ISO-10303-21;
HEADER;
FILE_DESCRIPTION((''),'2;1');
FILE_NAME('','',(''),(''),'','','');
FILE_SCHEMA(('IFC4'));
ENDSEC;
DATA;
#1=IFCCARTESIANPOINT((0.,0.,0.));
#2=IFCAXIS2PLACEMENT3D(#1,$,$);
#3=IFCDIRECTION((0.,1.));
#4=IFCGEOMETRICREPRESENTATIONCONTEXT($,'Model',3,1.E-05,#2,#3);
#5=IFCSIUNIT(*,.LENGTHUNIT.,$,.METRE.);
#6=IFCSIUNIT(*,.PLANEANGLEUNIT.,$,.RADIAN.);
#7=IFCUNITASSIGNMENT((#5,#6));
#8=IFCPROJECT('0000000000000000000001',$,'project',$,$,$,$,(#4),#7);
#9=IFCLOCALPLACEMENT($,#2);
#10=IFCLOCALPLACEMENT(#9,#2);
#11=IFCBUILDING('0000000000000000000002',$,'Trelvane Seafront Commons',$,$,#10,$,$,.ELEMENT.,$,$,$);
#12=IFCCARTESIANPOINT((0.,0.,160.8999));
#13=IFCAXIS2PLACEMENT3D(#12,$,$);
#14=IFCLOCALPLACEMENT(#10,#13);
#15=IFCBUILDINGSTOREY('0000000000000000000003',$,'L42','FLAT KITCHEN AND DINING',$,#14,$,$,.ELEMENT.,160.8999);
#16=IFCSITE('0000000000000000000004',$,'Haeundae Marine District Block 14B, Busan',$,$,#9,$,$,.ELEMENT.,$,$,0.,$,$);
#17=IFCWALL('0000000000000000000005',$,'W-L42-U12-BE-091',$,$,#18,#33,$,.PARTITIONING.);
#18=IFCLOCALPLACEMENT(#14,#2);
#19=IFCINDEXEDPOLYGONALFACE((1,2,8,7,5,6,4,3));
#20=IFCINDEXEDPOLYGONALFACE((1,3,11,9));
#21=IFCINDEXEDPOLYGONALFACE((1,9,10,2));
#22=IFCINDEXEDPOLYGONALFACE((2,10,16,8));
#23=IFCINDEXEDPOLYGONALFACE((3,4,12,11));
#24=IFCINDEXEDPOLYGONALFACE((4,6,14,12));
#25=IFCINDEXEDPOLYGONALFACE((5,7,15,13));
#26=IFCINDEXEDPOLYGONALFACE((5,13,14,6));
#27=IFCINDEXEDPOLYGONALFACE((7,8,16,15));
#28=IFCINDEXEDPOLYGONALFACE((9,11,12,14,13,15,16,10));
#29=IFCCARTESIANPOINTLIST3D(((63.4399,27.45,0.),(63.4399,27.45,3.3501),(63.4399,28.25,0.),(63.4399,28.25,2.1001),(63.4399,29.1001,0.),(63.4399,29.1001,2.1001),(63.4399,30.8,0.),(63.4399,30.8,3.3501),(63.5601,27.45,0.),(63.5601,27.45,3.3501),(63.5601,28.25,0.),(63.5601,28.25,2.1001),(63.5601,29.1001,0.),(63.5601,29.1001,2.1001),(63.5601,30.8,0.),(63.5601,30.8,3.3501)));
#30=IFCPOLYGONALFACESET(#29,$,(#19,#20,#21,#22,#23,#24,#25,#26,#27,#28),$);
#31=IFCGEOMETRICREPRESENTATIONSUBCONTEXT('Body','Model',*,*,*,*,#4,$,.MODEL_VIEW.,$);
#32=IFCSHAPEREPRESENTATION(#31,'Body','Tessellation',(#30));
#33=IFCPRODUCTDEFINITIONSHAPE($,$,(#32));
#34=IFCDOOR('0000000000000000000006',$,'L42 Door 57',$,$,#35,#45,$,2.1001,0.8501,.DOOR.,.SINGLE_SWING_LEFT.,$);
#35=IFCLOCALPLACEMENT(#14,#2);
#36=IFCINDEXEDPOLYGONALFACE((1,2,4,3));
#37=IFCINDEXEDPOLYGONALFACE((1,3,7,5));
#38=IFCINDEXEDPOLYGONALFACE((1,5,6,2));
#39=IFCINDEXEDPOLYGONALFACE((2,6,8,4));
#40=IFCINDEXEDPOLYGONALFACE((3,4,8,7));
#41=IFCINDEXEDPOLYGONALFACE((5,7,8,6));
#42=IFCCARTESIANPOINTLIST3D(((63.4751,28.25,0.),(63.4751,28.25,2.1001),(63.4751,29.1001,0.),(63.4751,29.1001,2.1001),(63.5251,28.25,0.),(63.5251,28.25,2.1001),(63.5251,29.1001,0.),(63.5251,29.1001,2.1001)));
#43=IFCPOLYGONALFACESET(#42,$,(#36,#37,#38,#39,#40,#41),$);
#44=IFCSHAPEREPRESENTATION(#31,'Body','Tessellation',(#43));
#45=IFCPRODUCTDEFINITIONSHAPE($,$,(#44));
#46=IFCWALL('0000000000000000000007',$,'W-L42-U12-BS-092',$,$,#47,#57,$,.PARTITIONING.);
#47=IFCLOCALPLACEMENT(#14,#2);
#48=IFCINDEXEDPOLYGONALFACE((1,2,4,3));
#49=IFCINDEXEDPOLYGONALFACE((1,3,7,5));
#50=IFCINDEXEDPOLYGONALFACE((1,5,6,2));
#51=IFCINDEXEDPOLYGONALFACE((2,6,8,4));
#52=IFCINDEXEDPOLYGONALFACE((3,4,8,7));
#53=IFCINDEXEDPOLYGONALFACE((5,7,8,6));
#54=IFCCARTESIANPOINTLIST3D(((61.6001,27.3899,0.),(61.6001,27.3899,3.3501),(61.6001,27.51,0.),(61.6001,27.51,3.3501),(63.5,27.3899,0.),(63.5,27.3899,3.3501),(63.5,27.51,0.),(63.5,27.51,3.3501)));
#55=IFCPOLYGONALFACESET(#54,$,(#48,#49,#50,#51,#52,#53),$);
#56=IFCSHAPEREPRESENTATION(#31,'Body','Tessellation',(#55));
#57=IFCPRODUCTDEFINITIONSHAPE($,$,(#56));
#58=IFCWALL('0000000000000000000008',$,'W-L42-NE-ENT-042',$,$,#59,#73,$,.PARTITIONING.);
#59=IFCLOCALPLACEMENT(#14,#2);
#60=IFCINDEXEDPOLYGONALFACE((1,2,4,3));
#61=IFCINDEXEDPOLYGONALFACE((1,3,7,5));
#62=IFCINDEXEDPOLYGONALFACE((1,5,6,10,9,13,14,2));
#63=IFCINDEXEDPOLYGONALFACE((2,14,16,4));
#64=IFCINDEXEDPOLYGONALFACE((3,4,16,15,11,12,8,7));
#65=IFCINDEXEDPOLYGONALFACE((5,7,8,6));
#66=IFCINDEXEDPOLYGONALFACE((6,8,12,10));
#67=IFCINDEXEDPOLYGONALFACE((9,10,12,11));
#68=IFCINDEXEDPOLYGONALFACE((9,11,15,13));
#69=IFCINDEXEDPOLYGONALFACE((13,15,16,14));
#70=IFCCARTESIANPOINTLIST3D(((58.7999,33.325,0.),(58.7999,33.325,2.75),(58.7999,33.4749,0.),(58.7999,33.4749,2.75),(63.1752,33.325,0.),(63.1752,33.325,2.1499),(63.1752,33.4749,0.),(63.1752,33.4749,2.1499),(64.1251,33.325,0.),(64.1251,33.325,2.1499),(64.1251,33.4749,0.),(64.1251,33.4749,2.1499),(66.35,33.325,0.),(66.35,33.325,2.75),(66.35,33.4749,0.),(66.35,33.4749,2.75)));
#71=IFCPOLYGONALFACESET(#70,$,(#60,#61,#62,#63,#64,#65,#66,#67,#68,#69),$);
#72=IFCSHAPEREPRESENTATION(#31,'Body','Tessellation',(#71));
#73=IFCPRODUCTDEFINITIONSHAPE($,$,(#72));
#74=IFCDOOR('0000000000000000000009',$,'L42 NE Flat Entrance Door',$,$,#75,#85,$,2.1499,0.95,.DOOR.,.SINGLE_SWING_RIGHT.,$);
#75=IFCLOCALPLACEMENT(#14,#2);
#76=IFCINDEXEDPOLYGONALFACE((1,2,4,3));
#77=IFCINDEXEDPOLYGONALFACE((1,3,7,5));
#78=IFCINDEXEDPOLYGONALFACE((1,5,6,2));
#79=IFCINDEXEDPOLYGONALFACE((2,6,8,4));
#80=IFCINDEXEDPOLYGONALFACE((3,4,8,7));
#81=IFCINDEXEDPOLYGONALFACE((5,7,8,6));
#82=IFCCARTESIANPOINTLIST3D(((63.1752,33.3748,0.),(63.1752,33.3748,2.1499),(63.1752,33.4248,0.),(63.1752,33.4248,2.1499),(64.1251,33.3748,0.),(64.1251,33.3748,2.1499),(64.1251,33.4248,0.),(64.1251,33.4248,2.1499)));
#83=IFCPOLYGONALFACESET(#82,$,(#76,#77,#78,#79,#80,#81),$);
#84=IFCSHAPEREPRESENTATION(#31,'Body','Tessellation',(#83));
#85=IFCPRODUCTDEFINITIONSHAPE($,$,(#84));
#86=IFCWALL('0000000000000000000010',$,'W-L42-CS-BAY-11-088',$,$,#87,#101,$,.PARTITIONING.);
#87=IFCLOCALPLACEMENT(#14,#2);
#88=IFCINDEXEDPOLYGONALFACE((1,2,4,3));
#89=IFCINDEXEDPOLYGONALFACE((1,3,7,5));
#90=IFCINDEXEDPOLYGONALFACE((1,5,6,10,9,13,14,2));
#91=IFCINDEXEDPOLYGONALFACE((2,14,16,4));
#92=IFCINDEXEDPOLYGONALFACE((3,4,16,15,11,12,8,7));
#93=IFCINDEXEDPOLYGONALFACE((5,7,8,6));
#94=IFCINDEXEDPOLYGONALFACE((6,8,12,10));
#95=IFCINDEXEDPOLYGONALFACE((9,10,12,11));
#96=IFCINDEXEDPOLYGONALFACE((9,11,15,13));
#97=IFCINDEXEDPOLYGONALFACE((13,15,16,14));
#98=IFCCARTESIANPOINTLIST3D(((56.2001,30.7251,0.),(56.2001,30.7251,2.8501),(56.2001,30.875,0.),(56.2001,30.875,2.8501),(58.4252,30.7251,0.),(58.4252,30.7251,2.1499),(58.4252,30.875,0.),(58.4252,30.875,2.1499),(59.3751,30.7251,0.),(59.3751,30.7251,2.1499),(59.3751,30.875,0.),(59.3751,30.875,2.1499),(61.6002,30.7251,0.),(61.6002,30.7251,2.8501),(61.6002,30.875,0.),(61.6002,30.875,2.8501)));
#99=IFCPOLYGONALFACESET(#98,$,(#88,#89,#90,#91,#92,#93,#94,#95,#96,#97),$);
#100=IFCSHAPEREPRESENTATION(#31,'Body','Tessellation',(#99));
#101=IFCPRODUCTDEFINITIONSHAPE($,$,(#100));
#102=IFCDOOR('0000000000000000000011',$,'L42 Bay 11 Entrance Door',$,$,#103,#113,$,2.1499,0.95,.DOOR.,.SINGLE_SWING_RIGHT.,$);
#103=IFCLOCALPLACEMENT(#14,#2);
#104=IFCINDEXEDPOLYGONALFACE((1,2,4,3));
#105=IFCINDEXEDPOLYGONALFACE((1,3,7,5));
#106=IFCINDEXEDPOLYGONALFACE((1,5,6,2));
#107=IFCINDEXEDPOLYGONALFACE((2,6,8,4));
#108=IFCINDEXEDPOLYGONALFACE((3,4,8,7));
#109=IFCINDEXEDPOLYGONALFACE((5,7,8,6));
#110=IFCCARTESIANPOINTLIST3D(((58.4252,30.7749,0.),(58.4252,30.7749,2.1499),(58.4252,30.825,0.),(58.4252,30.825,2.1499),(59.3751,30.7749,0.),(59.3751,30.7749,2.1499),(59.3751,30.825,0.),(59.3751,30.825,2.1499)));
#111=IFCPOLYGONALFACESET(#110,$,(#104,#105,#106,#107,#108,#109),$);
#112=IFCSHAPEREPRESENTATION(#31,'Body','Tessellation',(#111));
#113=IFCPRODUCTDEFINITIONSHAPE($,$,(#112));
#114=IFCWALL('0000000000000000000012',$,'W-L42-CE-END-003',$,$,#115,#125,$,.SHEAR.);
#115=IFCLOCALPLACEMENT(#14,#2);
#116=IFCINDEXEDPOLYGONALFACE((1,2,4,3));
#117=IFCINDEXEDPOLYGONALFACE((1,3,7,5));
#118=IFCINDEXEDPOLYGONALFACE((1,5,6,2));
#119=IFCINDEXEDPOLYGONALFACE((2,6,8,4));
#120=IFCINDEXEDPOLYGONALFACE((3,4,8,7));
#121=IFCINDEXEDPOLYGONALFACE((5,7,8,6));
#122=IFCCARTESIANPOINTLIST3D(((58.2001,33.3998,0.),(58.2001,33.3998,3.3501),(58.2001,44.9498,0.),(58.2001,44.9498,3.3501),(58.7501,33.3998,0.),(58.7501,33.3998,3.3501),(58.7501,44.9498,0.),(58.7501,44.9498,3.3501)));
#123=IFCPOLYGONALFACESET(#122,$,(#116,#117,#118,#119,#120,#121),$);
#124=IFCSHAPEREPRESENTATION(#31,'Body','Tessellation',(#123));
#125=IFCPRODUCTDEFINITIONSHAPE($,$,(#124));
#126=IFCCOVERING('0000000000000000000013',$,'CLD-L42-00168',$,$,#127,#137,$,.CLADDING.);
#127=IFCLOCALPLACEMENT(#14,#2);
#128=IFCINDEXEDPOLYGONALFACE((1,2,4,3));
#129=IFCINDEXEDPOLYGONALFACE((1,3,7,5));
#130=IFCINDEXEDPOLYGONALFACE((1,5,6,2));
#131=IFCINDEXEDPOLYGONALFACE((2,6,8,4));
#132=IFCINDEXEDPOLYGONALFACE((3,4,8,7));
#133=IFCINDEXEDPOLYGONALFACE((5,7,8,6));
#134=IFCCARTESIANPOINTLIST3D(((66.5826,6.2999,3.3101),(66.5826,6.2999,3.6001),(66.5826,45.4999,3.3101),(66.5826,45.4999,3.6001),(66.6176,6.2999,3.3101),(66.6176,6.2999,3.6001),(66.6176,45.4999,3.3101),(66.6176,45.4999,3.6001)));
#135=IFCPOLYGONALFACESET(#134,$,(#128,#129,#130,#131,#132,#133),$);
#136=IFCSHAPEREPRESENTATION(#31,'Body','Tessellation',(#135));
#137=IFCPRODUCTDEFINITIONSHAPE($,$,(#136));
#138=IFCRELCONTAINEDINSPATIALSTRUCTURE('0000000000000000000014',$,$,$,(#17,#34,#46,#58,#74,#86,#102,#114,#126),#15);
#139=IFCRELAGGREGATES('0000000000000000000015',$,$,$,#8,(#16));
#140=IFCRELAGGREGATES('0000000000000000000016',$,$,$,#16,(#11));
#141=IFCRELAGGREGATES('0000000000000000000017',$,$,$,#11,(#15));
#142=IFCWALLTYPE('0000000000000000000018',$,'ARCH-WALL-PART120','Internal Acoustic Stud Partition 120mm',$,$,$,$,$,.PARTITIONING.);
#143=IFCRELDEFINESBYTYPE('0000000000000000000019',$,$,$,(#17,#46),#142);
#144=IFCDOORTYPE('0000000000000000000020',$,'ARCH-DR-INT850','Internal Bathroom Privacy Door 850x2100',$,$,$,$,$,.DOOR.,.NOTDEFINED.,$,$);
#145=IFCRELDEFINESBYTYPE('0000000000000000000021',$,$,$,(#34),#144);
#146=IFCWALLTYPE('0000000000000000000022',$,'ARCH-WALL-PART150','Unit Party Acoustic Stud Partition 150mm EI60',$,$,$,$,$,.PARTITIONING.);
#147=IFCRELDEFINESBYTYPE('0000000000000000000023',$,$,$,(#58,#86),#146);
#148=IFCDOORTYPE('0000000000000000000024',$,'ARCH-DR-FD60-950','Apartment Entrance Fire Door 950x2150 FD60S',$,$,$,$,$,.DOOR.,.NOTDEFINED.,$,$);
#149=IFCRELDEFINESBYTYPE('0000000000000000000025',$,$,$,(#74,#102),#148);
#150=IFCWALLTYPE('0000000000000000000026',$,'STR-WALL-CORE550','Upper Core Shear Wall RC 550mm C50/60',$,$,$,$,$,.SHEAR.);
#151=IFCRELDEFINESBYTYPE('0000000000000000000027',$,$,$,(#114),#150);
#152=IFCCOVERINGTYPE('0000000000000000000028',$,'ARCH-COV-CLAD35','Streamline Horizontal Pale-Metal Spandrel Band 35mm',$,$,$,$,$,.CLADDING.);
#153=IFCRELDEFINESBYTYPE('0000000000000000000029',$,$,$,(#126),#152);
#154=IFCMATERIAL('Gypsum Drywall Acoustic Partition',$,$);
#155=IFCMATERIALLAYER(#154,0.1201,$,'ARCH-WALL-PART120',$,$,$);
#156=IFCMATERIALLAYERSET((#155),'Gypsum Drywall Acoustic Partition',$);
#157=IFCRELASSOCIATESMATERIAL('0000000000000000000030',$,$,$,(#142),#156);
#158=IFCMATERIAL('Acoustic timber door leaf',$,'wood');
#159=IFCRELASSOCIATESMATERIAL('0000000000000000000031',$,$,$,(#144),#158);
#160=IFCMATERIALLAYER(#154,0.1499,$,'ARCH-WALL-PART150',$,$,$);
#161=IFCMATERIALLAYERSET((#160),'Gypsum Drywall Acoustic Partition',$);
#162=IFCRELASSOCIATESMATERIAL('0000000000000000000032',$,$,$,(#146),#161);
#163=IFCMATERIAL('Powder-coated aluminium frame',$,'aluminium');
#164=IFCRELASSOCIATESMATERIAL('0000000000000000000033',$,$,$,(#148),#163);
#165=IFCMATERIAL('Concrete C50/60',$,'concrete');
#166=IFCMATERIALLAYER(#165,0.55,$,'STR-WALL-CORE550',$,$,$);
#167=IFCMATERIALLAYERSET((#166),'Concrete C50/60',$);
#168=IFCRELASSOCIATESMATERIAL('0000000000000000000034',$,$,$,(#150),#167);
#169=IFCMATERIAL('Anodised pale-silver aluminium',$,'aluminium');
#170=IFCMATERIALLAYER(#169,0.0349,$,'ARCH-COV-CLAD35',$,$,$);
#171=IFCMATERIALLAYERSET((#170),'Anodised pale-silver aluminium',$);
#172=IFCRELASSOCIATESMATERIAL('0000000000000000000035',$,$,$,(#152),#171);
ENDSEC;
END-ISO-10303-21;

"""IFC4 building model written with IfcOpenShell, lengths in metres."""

from ifc_helpers import new_model, si_unit, direction, frame, frame_2d, origin, origin_2d, place, context, subcontext, project, spatial, rectangle, extrude, source, transform, mapped, material, layer, layer_set, type_object, element, fill, save


model = new_model("IFC4")

# Units and contexts
model_context = context("Model", 3, precision=1e-05, world=origin(), true_north=direction((0.0, 1.0)))
body_context = subcontext(model_context, "Body", "Model", "MODEL_VIEW")
ifc_project = project(units=[si_unit("LENGTHUNIT", "METRE"), si_unit("PLANEANGLEUNIT", "RADIAN")], contexts=[model_context])

# Site, building, storey
site_placement = place(None, origin())
site = spatial("IfcSite", under=ifc_project, at=site_placement, Name="Haeundae Marine District Block 14B, Busan", CompositionType="ELEMENT", RefElevation=0.0)
building_placement = place(site_placement, origin())
building = spatial("IfcBuilding", under=site, at=building_placement, Name="Trelvane Seafront Commons", CompositionType="ELEMENT")
storey_placement = place(building_placement, frame((0.0, 0.0, 160.8999)))
storey = spatial("IfcBuildingStorey", under=building, at=storey_placement, Name="L42", Description="FLAT KITCHEN AND DINING", CompositionType="ELEMENT", Elevation=160.8999)

# Shared definitions
ifc_material_1 = material(Name="Concrete C50/60", Category="concrete")

# Shared definitions
ifc_material_2 = material(Name="Anodised pale-silver aluminium", Category="aluminium")

# Wall, opening, door
ifc_material_3 = material(Name="Gypsum Drywall Acoustic Partition")
ifc_layer_1 = layer(ifc_material_3, 0.1201, Name="ARCH-WALL-PART120")
ifc_layer_set_1 = layer_set([ifc_layer_1], Name="Gypsum Drywall Acoustic Partition")
wall_type_1 = type_object("IfcWallType", Name="ARCH-WALL-PART120", Description="Internal Acoustic Stud Partition 120mm", PredefinedType="PARTITIONING", material=ifc_layer_set_1)
ifc_material_4 = material(Name="Acoustic timber door leaf", Category="wood")
door_type_1 = type_object("IfcDoorType", Name="ARCH-DR-INT850", Description="Internal Bathroom Privacy Door 850x2100", OperationType="NOTDEFINED", PredefinedType="DOOR", material=ifc_material_4)
shared_shape_1 = source(origin(), body_context, "Body", "SweptSolid", [
    extrude(rectangle(XDim=0.8501, YDim=2.1001, at=frame_2d((0.425, 1.05))), frame((0.0, 0.0249, 0.0), z_axis=(0.0, -1.0, 0.0), x_axis=(1.0, 0.0, 0.0)), (0.0, 0.0, 1.0), 0.05),
])
shared_shape_2 = source(origin(), body_context, "Body", "SweptSolid", [
    extrude(rectangle(XDim=0.95, YDim=2.1499, at=frame_2d((0.4751, 1.075))), frame((0.0, 0.0249, 0.0), z_axis=(0.0, -1.0, 0.0), x_axis=(1.0, 0.0, 0.0)), (0.0, 0.0, 1.0), 0.05),
])
wall_1_placement = place(storey_placement, frame((63.5, 27.45, 0.0), z_axis=(0.0, 0.0, 1.0), x_axis=(0.0, 1.0, 0.0)))
wall_1 = element("IfcWall", 1, at=wall_1_placement, inside=storey, type_object=wall_type_1, Name="W-L42-U12-BE-091", PredefinedType="PARTITIONING", context=body_context, shape_type="SweptSolid", body=[
    extrude(rectangle(XDim=3.3501, YDim=0.1201, at=frame_2d((1.675, 0.0))), origin(), (0.0, 0.0, 1.0), 3.3501),
])
opening_1_placement = place(wall_1_placement, frame((0.8, 0.0, 0.0)))
opening_1 = element("IfcOpeningElement", 2, at=opening_1_placement, cuts=wall_1, PredefinedType="OPENING", context=body_context, shape_type="SweptSolid", body=[
    extrude(rectangle(XDim=0.8501, YDim=2.1001, at=frame_2d((0.425, 1.05))), frame((0.0, 0.0701, 0.0), z_axis=(0.0, -1.0, 0.0), x_axis=(1.0, 0.0, 0.0)), (0.0, 0.0, 1.0), 0.1401),
])
door_1_placement = place(opening_1_placement, origin())
door_1 = element("IfcDoor", 3, at=door_1_placement, inside=storey, type_object=door_type_1, Name="L42 Door 57", OperationType="SINGLE_SWING_LEFT", OverallHeight=2.1001, OverallWidth=0.8501, PredefinedType="DOOR", context=body_context, shape_type="MappedRepresentation", body=[
    mapped(shared_shape_1, transform((0.0, 0.0, 0.0), x_axis=(1.0, 0.0, 0.0), y_axis=(0.0, 1.0, 0.0), z_axis=(0.0, 0.0, 1.0), scale=1.0)),
])
fill(opening_1, door_1)

# Wall
wall_2_placement = place(storey_placement, frame((61.6001, 27.45, 0.0), z_axis=(0.0, 0.0, 1.0), x_axis=(1.0, 0.0, 0.0)))
element("IfcWall", 4, at=wall_2_placement, inside=storey, type_object=wall_type_1, Name="W-L42-U12-BS-092", PredefinedType="PARTITIONING", context=body_context, shape_type="SweptSolid", body=[
    extrude(rectangle(XDim=1.8999, YDim=0.1201, at=frame_2d((0.95, 0.0))), origin(), (0.0, 0.0, 1.0), 3.3501),
])

# Walls, openings, doors
ifc_layer_2 = layer(ifc_material_3, 0.1499, Name="ARCH-WALL-PART150")
ifc_layer_set_2 = layer_set([ifc_layer_2], Name="Gypsum Drywall Acoustic Partition")
wall_type_2 = type_object("IfcWallType", Name="ARCH-WALL-PART150", Description="Unit Party Acoustic Stud Partition 150mm EI60", PredefinedType="PARTITIONING", material=ifc_layer_set_2)
wall_3_placement = place(storey_placement, frame((58.8, 33.3999, 0.0), z_axis=(0.0, 0.0, 1.0), x_axis=(1.0, 0.0, 0.0)))
wall_3 = element("IfcWall", 5, at=wall_3_placement, inside=storey, type_object=wall_type_2, Name="W-L42-NE-ENT-042", PredefinedType="PARTITIONING", context=body_context, shape_type="SweptSolid", body=[
    extrude(rectangle(XDim=7.55, YDim=0.1499, at=frame_2d((3.7749, 0.0))), origin(), (0.0, 0.0, 1.0), 2.75),
])
opening_2_placement = place(wall_3_placement, frame((4.375, 0.0, 0.0)))
opening_2 = element("IfcOpeningElement", 6, at=opening_2_placement, cuts=wall_3, PredefinedType="OPENING", context=body_context, shape_type="SweptSolid", body=[
    extrude(rectangle(XDim=0.95, YDim=2.1499, at=frame_2d((0.4751, 1.075))), frame((0.0, 0.085, 0.0), z_axis=(0.0, -1.0, 0.0), x_axis=(1.0, 0.0, 0.0)), (0.0, 0.0, 1.0), 0.1699),
])
ifc_material_5 = material(Name="Powder-coated aluminium frame", Category="aluminium")
door_type_2 = type_object("IfcDoorType", Name="ARCH-DR-FD60-950", Description="Apartment Entrance Fire Door 950x2150 FD60S", OperationType="NOTDEFINED", PredefinedType="DOOR", material=ifc_material_5)
door_2_placement = place(opening_2_placement, origin())
door_2 = element("IfcDoor", 7, at=door_2_placement, inside=storey, type_object=door_type_2, Name="L42 NE Flat Entrance Door", OperationType="SINGLE_SWING_RIGHT", OverallHeight=2.1499, OverallWidth=0.95, PredefinedType="DOOR", context=body_context, shape_type="MappedRepresentation", body=[
    mapped(shared_shape_2, transform((0.0, 0.0, 0.0), x_axis=(1.0, 0.0, 0.0), y_axis=(0.0, 1.0, 0.0), z_axis=(0.0, 0.0, 1.0), scale=1.0)),
])
fill(opening_2, door_2)
wall_4_placement = place(storey_placement, frame((56.2, 30.8, 0.0), z_axis=(0.0, 0.0, 1.0), x_axis=(1.0, 0.0, 0.0)))
wall_4 = element("IfcWall", 8, at=wall_4_placement, inside=storey, type_object=wall_type_2, Name="W-L42-CS-BAY-11-088", PredefinedType="PARTITIONING", context=body_context, shape_type="SweptSolid", body=[
    extrude(rectangle(XDim=5.4001, YDim=0.1499, at=frame_2d((2.7002, 0.0))), origin(), (0.0, 0.0, 1.0), 2.8501),
])
opening_3_placement = place(wall_4_placement, frame((2.2251, 0.0, 0.0)))
opening_3 = element("IfcOpeningElement", 9, at=opening_3_placement, cuts=wall_4, PredefinedType="OPENING", context=body_context, shape_type="SweptSolid", body=[
    extrude(rectangle(XDim=0.95, YDim=2.1499, at=frame_2d((0.4751, 1.075))), frame((0.0, 0.085, 0.0), z_axis=(0.0, -1.0, 0.0), x_axis=(1.0, 0.0, 0.0)), (0.0, 0.0, 1.0), 0.1699),
])
door_3_placement = place(opening_3_placement, origin())
door_3 = element("IfcDoor", 10, at=door_3_placement, inside=storey, type_object=door_type_2, Name="L42 Bay 11 Entrance Door", OperationType="SINGLE_SWING_RIGHT", OverallHeight=2.1499, OverallWidth=0.95, PredefinedType="DOOR", context=body_context, shape_type="MappedRepresentation", body=[
    mapped(shared_shape_2, transform((0.0, 0.0, 0.0), x_axis=(1.0, 0.0, 0.0), y_axis=(0.0, 1.0, 0.0), z_axis=(0.0, 0.0, 1.0), scale=1.0)),
])
fill(opening_3, door_3)

# Wall
ifc_layer_3 = layer(ifc_material_1, 0.55, Name="STR-WALL-CORE550")
ifc_layer_set_3 = layer_set([ifc_layer_3], Name="Concrete C50/60")
wall_type_3 = type_object("IfcWallType", Name="STR-WALL-CORE550", Description="Upper Core Shear Wall RC 550mm C50/60", PredefinedType="SHEAR", material=ifc_layer_set_3)
wall_5_placement = place(storey_placement, frame((58.4751, 33.3999, 0.0), z_axis=(0.0, 0.0, 1.0), x_axis=(0.0, 1.0, 0.0)))
element("IfcWall", 11, at=wall_5_placement, inside=storey, type_object=wall_type_3, Name="W-L42-CE-END-003", PredefinedType="SHEAR", context=body_context, shape_type="SweptSolid", body=[
    extrude(rectangle(XDim=11.55, YDim=0.55, at=frame_2d((5.7749, 0.0))), origin(), (0.0, 0.0, 1.0), 3.3501),
])

# Covering
ifc_layer_4 = layer(ifc_material_2, 0.0349, Name="ARCH-COV-CLAD35")
ifc_layer_set_4 = layer_set([ifc_layer_4], Name="Anodised pale-silver aluminium")
covering_type = type_object("IfcCoveringType", Name="ARCH-COV-CLAD35", Description="Streamline Horizontal Pale-Metal Spandrel Band 35mm", PredefinedType="CLADDING", material=ifc_layer_set_4)
shared_shape_3 = source(origin(), body_context, "Body", "SweptSolid", [
    extrude(rectangle(XDim=39.2, YDim=0.0349, at=origin_2d()), origin(), (0.0, 0.0, 1.0), 0.29),
])
covering_placement = place(storey_placement, frame((66.6001, 25.8999, 3.3101), z_axis=(0.0, 0.0, 1.0), x_axis=(0.0, -1.0, 0.0)))
element("IfcCovering", 12, at=covering_placement, inside=storey, type_object=covering_type, Name="CLD-L42-00168", PredefinedType="CLADDING", context=body_context, shape_type="MappedRepresentation", body=[
    mapped(shared_shape_3, transform((0.0, 0.0, 0.0), x_axis=(1.0, 0.0, 0.0), y_axis=(0.0, 1.0, 0.0), z_axis=(0.0, 0.0, 1.0), scale=1.0)),
])

save(model, "model.ifc")
